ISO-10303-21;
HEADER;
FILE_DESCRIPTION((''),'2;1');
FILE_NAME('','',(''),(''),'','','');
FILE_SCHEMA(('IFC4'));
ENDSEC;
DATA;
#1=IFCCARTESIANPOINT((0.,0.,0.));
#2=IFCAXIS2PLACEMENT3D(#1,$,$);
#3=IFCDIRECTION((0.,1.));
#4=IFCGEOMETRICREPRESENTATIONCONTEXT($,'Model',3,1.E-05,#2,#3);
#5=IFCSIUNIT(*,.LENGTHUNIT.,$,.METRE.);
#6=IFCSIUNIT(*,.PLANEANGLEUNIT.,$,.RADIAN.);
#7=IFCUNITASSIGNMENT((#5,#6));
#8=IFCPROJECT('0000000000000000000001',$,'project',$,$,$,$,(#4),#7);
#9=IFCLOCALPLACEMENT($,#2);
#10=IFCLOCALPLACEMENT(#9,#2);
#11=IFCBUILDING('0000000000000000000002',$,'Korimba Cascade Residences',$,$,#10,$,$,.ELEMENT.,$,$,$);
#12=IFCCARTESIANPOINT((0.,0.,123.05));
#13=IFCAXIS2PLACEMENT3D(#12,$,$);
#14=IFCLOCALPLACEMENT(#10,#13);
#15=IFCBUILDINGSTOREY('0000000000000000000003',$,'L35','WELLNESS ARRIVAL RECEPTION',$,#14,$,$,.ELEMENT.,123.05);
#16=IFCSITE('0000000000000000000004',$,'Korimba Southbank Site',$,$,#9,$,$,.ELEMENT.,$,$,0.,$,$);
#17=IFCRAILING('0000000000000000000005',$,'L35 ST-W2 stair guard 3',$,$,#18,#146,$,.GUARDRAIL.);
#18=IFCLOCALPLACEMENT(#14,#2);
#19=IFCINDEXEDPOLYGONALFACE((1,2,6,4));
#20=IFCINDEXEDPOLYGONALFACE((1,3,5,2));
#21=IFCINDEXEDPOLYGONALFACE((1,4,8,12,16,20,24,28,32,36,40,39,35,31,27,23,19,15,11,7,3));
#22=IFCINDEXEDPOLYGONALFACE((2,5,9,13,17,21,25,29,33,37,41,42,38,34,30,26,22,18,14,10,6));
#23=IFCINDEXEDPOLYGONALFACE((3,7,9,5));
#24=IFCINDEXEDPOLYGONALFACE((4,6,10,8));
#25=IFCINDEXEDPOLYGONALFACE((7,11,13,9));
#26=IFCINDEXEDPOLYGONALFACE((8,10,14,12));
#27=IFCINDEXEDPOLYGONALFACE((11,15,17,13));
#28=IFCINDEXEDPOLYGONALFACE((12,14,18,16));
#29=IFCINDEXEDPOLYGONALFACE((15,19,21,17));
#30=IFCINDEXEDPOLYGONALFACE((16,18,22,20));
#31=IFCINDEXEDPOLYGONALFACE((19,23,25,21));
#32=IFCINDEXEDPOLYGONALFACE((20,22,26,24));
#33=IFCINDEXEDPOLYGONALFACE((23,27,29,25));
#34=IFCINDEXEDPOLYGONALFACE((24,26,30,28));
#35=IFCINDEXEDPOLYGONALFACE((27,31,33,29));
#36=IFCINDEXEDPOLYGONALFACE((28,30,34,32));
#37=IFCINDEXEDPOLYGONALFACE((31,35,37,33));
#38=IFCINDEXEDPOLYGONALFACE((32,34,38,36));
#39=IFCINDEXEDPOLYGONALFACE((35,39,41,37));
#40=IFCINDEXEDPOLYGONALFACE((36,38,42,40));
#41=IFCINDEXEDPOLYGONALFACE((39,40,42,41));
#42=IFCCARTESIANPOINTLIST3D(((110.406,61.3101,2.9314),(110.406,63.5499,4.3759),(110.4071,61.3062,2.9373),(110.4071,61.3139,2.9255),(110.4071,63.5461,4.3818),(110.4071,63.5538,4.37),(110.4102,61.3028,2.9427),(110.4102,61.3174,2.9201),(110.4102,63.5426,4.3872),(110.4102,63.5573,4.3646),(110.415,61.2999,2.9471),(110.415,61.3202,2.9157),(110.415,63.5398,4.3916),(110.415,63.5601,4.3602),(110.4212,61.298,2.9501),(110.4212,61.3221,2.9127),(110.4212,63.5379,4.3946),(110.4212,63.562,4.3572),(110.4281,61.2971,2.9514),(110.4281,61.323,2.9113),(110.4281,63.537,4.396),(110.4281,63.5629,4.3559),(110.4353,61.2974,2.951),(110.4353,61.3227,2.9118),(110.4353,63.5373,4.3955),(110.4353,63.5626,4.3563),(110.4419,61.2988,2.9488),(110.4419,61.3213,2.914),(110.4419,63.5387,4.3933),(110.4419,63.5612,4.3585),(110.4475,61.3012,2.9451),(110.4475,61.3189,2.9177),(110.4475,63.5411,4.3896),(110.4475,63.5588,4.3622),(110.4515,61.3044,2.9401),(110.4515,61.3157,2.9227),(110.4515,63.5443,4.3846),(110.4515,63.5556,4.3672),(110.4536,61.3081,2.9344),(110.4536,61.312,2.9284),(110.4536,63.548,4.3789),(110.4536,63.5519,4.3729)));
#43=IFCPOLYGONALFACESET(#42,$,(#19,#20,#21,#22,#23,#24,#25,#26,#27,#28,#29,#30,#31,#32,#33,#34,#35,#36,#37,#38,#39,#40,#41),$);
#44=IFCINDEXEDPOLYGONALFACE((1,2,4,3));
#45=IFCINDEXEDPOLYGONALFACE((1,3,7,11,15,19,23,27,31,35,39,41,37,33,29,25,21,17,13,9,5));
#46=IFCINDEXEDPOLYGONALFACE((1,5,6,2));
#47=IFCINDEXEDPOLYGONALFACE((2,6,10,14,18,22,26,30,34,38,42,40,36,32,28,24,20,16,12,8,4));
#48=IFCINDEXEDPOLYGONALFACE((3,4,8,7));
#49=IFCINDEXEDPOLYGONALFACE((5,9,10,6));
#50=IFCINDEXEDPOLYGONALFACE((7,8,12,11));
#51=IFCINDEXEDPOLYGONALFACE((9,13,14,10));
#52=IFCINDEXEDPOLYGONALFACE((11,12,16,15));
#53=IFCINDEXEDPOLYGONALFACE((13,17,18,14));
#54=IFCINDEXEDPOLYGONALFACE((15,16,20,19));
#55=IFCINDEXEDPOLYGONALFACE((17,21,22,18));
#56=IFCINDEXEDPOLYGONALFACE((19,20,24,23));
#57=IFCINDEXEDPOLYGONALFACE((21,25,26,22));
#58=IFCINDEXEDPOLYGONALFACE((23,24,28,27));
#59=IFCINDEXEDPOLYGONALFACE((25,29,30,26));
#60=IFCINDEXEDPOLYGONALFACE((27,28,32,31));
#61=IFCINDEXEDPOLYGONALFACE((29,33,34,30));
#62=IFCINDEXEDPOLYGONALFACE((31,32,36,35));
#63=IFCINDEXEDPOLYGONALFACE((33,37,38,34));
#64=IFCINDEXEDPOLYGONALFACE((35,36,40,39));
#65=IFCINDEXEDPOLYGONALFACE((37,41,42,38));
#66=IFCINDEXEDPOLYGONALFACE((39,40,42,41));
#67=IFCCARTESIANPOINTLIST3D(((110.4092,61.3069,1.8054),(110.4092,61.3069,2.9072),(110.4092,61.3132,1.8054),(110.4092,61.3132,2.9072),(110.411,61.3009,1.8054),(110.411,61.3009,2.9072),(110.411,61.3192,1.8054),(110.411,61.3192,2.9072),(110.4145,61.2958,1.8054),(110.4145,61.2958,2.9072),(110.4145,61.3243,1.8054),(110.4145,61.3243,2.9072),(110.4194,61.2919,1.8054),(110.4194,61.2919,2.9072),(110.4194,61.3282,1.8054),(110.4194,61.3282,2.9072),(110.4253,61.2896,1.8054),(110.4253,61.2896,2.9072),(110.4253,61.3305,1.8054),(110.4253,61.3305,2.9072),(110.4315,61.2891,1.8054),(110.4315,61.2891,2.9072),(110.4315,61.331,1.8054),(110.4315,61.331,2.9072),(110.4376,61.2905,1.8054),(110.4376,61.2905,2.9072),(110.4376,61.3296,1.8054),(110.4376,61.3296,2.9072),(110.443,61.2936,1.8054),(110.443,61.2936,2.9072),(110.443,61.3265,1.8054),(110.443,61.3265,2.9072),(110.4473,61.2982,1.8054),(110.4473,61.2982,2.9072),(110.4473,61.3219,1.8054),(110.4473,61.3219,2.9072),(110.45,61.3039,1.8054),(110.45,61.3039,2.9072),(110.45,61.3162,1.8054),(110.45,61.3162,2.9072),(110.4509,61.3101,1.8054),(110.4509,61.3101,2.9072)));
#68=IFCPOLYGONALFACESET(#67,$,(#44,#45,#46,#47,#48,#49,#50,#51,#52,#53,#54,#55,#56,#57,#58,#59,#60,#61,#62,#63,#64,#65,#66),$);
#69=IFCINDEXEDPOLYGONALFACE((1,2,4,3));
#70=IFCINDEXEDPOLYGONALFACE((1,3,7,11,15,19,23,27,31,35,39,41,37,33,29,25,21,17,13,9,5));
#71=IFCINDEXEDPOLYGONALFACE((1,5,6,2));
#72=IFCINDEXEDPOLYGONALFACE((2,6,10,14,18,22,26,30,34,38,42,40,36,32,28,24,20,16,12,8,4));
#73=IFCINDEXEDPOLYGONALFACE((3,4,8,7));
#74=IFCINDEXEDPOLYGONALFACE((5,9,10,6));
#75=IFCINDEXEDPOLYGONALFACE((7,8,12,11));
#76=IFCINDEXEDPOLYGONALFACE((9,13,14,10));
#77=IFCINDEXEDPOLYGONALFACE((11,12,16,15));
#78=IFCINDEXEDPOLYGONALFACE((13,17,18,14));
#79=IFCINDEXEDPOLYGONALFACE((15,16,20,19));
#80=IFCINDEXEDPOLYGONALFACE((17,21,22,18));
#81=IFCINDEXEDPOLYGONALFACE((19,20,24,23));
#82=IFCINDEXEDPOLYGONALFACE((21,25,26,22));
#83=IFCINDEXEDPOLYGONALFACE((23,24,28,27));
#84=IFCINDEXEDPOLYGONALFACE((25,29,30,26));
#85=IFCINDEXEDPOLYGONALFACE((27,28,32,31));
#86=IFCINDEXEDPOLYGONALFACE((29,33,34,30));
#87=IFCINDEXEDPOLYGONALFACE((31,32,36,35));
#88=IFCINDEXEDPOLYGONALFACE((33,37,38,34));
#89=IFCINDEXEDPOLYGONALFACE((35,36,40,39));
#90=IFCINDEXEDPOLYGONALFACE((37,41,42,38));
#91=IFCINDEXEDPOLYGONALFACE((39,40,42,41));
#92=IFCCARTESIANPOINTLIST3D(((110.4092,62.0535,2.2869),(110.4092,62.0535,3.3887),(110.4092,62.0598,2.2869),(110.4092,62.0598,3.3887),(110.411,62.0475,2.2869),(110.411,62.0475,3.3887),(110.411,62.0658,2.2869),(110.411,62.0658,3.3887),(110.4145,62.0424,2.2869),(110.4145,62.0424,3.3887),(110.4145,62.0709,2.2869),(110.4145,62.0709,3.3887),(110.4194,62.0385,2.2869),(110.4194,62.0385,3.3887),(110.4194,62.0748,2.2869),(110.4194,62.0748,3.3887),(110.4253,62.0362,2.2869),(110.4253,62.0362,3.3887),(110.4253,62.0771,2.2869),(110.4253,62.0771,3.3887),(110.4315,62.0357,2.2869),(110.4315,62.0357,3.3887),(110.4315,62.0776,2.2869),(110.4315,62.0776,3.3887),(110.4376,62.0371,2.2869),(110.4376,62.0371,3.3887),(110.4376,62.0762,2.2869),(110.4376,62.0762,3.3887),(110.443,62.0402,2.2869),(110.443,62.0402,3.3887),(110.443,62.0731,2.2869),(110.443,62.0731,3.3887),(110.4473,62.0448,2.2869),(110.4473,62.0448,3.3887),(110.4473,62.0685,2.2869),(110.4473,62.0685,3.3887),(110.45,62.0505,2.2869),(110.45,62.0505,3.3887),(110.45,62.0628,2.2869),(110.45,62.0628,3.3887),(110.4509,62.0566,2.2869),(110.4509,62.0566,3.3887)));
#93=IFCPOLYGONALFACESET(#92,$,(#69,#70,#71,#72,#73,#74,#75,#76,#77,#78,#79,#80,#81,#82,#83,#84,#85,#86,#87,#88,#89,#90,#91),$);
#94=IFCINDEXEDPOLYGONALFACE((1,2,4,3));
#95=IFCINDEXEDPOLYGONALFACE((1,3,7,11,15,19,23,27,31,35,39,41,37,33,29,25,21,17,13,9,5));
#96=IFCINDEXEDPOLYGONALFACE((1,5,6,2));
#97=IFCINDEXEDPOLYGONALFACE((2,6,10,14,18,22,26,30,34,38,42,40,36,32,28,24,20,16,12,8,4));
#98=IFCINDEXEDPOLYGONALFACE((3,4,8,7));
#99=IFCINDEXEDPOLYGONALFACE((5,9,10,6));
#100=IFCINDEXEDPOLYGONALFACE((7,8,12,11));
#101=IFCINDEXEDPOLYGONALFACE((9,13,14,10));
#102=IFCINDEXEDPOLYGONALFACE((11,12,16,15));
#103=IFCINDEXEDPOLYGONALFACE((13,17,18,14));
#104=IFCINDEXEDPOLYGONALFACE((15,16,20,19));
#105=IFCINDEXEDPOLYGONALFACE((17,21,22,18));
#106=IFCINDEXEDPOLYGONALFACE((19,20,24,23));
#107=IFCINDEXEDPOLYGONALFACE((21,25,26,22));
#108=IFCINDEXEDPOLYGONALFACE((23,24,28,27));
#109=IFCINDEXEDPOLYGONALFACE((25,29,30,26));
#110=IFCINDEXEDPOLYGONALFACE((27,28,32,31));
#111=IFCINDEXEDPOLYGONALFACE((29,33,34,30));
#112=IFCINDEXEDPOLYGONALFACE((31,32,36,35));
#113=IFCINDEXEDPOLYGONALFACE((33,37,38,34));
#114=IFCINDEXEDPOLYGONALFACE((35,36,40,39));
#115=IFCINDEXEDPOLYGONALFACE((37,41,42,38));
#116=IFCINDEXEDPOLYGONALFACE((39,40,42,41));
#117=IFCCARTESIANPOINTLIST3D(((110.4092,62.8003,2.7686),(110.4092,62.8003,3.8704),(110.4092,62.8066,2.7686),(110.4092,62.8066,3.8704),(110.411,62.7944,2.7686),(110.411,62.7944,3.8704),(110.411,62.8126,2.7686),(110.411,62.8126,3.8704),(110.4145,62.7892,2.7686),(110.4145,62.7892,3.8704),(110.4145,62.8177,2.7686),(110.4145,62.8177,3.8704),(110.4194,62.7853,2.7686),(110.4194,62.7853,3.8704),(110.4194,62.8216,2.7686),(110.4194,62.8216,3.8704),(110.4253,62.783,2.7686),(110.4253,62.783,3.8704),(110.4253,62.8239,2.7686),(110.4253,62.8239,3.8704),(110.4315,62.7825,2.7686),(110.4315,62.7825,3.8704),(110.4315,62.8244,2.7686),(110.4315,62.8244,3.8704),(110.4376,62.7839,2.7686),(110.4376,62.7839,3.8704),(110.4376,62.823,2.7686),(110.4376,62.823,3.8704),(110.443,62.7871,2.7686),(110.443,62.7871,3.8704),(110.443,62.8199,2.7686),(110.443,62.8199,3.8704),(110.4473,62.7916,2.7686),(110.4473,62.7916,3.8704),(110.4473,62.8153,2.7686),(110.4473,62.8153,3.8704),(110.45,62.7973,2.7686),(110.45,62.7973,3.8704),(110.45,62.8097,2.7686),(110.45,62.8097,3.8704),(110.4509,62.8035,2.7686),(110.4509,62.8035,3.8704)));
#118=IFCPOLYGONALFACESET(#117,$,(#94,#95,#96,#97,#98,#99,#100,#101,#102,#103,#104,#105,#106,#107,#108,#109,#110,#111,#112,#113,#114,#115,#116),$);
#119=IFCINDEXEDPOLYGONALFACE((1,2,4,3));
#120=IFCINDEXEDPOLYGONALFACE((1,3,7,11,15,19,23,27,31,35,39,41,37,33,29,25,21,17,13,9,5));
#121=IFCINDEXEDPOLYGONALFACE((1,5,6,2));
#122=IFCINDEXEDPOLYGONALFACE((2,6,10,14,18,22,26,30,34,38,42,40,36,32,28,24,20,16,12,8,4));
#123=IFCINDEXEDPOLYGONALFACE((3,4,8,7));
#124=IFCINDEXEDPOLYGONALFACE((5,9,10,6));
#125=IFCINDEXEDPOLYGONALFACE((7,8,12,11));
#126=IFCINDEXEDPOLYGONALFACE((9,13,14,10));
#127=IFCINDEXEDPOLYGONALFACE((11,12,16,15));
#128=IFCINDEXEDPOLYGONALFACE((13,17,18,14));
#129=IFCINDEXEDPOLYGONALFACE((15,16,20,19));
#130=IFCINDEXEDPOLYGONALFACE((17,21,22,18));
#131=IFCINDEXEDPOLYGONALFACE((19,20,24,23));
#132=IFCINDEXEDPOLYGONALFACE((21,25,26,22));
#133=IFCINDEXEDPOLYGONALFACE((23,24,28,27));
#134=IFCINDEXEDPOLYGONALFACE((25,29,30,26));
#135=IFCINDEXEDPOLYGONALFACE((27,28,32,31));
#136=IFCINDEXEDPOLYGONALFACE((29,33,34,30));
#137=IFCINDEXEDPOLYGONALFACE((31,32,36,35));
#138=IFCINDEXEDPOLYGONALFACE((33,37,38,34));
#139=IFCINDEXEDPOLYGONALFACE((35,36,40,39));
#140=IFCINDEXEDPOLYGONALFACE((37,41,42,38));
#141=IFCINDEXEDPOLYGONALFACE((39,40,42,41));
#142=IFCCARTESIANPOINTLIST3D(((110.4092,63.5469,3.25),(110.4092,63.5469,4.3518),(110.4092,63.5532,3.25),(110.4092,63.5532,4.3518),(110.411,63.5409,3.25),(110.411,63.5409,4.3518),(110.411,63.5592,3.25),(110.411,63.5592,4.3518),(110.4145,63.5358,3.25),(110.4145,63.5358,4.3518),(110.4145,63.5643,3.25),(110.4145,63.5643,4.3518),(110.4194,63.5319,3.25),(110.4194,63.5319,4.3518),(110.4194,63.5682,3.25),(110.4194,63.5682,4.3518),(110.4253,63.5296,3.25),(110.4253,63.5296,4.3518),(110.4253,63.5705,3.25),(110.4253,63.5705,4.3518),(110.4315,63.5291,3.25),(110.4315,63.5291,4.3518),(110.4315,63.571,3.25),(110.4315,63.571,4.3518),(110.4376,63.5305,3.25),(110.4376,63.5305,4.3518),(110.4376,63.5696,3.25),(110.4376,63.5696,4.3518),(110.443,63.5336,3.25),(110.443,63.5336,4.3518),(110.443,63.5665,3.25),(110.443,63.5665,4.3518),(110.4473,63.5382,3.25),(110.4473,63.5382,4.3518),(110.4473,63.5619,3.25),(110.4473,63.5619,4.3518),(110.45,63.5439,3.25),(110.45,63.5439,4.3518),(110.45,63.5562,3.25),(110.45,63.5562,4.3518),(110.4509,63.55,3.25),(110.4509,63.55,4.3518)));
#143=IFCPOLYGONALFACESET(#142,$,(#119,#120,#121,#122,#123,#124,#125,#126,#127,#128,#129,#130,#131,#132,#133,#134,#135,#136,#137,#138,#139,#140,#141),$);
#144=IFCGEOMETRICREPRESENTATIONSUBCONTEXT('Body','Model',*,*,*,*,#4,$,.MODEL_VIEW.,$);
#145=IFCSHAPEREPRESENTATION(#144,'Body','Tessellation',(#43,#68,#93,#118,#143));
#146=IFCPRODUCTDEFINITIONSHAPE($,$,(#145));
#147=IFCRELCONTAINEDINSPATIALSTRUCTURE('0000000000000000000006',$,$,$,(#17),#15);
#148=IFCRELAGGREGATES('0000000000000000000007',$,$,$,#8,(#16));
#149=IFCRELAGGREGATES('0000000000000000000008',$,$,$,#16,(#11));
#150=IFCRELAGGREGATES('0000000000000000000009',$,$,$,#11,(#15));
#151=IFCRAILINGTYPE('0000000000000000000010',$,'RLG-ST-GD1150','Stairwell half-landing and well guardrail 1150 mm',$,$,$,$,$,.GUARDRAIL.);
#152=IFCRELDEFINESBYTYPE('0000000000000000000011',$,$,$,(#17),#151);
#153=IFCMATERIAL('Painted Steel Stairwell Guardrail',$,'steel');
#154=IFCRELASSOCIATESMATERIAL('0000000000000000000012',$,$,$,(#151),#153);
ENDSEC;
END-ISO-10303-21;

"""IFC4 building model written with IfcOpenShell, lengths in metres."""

from ifc_helpers import new_model, si_unit, direction, frame, origin, origin_2d, place, context, subcontext, project, spatial, circle, extrude, material, type_object, element, save


model = new_model("IFC4")

# Units and contexts
model_context = context("Model", 3, precision=1e-05, world=origin(), true_north=direction((0.0, 1.0)))
body_context = subcontext(model_context, "Body", "Model", "MODEL_VIEW")
ifc_project = project(units=[si_unit("LENGTHUNIT", "METRE"), si_unit("PLANEANGLEUNIT", "RADIAN")], contexts=[model_context])

# Site, building, storey
site_placement = place(None, origin())
site = spatial("IfcSite", under=ifc_project, at=site_placement, Name="Korimba Southbank Site", CompositionType="ELEMENT", RefElevation=0.0)
building_placement = place(site_placement, origin())
building = spatial("IfcBuilding", under=site, at=building_placement, Name="Korimba Cascade Residences", CompositionType="ELEMENT")
storey_placement = place(building_placement, frame((0.0, 0.0, 123.05)))
storey = spatial("IfcBuildingStorey", under=building, at=storey_placement, Name="L35", Description="WELLNESS ARRIVAL RECEPTION", CompositionType="ELEMENT", Elevation=123.05)

# Railing
ifc_material_1 = material(Name="Painted Steel Stairwell Guardrail", Category="steel")
railing_type_1 = type_object("IfcRailingType", Name="RLG-ST-GD1150", Description="Stairwell half-landing and well guardrail 1150 mm", PredefinedType="GUARDRAIL", material=ifc_material_1)
railing_1_placement = place(storey_placement, frame((110.4299, 61.3101, 1.8054)))
element("IfcRailing", 1, at=railing_1_placement, inside=storey, type_object=railing_type_1, Name="L35 ST-W2 stair guard 3", PredefinedType="GUARDRAIL", context=body_context, shape_type="SweptSolid", body=[
    extrude(circle(Radius=0.0239, at=origin_2d()), frame((0.0, 0.0, 1.126), z_axis=(0.0, 0.840395, 0.541975), x_axis=(-1.0, 0.0, 0.0)), (0.0, 0.0, 1.0), 2.6653),
    extrude(circle(Radius=0.021, at=origin_2d()), origin(), (0.0, 0.0, 1.0), 1.1018),
    extrude(circle(Radius=0.021, at=origin_2d()), frame((0.0, 0.7466, 0.4814)), (0.0, 0.0, 1.0), 1.1018),
    extrude(circle(Radius=0.021, at=origin_2d()), frame((0.0, 1.4934, 0.9631)), (0.0, 0.0, 1.0), 1.1018),
    extrude(circle(Radius=0.021, at=origin_2d()), frame((0.0, 2.24, 1.4446)), (0.0, 0.0, 1.0), 1.1018),
])

save(model, "model.ifc")
